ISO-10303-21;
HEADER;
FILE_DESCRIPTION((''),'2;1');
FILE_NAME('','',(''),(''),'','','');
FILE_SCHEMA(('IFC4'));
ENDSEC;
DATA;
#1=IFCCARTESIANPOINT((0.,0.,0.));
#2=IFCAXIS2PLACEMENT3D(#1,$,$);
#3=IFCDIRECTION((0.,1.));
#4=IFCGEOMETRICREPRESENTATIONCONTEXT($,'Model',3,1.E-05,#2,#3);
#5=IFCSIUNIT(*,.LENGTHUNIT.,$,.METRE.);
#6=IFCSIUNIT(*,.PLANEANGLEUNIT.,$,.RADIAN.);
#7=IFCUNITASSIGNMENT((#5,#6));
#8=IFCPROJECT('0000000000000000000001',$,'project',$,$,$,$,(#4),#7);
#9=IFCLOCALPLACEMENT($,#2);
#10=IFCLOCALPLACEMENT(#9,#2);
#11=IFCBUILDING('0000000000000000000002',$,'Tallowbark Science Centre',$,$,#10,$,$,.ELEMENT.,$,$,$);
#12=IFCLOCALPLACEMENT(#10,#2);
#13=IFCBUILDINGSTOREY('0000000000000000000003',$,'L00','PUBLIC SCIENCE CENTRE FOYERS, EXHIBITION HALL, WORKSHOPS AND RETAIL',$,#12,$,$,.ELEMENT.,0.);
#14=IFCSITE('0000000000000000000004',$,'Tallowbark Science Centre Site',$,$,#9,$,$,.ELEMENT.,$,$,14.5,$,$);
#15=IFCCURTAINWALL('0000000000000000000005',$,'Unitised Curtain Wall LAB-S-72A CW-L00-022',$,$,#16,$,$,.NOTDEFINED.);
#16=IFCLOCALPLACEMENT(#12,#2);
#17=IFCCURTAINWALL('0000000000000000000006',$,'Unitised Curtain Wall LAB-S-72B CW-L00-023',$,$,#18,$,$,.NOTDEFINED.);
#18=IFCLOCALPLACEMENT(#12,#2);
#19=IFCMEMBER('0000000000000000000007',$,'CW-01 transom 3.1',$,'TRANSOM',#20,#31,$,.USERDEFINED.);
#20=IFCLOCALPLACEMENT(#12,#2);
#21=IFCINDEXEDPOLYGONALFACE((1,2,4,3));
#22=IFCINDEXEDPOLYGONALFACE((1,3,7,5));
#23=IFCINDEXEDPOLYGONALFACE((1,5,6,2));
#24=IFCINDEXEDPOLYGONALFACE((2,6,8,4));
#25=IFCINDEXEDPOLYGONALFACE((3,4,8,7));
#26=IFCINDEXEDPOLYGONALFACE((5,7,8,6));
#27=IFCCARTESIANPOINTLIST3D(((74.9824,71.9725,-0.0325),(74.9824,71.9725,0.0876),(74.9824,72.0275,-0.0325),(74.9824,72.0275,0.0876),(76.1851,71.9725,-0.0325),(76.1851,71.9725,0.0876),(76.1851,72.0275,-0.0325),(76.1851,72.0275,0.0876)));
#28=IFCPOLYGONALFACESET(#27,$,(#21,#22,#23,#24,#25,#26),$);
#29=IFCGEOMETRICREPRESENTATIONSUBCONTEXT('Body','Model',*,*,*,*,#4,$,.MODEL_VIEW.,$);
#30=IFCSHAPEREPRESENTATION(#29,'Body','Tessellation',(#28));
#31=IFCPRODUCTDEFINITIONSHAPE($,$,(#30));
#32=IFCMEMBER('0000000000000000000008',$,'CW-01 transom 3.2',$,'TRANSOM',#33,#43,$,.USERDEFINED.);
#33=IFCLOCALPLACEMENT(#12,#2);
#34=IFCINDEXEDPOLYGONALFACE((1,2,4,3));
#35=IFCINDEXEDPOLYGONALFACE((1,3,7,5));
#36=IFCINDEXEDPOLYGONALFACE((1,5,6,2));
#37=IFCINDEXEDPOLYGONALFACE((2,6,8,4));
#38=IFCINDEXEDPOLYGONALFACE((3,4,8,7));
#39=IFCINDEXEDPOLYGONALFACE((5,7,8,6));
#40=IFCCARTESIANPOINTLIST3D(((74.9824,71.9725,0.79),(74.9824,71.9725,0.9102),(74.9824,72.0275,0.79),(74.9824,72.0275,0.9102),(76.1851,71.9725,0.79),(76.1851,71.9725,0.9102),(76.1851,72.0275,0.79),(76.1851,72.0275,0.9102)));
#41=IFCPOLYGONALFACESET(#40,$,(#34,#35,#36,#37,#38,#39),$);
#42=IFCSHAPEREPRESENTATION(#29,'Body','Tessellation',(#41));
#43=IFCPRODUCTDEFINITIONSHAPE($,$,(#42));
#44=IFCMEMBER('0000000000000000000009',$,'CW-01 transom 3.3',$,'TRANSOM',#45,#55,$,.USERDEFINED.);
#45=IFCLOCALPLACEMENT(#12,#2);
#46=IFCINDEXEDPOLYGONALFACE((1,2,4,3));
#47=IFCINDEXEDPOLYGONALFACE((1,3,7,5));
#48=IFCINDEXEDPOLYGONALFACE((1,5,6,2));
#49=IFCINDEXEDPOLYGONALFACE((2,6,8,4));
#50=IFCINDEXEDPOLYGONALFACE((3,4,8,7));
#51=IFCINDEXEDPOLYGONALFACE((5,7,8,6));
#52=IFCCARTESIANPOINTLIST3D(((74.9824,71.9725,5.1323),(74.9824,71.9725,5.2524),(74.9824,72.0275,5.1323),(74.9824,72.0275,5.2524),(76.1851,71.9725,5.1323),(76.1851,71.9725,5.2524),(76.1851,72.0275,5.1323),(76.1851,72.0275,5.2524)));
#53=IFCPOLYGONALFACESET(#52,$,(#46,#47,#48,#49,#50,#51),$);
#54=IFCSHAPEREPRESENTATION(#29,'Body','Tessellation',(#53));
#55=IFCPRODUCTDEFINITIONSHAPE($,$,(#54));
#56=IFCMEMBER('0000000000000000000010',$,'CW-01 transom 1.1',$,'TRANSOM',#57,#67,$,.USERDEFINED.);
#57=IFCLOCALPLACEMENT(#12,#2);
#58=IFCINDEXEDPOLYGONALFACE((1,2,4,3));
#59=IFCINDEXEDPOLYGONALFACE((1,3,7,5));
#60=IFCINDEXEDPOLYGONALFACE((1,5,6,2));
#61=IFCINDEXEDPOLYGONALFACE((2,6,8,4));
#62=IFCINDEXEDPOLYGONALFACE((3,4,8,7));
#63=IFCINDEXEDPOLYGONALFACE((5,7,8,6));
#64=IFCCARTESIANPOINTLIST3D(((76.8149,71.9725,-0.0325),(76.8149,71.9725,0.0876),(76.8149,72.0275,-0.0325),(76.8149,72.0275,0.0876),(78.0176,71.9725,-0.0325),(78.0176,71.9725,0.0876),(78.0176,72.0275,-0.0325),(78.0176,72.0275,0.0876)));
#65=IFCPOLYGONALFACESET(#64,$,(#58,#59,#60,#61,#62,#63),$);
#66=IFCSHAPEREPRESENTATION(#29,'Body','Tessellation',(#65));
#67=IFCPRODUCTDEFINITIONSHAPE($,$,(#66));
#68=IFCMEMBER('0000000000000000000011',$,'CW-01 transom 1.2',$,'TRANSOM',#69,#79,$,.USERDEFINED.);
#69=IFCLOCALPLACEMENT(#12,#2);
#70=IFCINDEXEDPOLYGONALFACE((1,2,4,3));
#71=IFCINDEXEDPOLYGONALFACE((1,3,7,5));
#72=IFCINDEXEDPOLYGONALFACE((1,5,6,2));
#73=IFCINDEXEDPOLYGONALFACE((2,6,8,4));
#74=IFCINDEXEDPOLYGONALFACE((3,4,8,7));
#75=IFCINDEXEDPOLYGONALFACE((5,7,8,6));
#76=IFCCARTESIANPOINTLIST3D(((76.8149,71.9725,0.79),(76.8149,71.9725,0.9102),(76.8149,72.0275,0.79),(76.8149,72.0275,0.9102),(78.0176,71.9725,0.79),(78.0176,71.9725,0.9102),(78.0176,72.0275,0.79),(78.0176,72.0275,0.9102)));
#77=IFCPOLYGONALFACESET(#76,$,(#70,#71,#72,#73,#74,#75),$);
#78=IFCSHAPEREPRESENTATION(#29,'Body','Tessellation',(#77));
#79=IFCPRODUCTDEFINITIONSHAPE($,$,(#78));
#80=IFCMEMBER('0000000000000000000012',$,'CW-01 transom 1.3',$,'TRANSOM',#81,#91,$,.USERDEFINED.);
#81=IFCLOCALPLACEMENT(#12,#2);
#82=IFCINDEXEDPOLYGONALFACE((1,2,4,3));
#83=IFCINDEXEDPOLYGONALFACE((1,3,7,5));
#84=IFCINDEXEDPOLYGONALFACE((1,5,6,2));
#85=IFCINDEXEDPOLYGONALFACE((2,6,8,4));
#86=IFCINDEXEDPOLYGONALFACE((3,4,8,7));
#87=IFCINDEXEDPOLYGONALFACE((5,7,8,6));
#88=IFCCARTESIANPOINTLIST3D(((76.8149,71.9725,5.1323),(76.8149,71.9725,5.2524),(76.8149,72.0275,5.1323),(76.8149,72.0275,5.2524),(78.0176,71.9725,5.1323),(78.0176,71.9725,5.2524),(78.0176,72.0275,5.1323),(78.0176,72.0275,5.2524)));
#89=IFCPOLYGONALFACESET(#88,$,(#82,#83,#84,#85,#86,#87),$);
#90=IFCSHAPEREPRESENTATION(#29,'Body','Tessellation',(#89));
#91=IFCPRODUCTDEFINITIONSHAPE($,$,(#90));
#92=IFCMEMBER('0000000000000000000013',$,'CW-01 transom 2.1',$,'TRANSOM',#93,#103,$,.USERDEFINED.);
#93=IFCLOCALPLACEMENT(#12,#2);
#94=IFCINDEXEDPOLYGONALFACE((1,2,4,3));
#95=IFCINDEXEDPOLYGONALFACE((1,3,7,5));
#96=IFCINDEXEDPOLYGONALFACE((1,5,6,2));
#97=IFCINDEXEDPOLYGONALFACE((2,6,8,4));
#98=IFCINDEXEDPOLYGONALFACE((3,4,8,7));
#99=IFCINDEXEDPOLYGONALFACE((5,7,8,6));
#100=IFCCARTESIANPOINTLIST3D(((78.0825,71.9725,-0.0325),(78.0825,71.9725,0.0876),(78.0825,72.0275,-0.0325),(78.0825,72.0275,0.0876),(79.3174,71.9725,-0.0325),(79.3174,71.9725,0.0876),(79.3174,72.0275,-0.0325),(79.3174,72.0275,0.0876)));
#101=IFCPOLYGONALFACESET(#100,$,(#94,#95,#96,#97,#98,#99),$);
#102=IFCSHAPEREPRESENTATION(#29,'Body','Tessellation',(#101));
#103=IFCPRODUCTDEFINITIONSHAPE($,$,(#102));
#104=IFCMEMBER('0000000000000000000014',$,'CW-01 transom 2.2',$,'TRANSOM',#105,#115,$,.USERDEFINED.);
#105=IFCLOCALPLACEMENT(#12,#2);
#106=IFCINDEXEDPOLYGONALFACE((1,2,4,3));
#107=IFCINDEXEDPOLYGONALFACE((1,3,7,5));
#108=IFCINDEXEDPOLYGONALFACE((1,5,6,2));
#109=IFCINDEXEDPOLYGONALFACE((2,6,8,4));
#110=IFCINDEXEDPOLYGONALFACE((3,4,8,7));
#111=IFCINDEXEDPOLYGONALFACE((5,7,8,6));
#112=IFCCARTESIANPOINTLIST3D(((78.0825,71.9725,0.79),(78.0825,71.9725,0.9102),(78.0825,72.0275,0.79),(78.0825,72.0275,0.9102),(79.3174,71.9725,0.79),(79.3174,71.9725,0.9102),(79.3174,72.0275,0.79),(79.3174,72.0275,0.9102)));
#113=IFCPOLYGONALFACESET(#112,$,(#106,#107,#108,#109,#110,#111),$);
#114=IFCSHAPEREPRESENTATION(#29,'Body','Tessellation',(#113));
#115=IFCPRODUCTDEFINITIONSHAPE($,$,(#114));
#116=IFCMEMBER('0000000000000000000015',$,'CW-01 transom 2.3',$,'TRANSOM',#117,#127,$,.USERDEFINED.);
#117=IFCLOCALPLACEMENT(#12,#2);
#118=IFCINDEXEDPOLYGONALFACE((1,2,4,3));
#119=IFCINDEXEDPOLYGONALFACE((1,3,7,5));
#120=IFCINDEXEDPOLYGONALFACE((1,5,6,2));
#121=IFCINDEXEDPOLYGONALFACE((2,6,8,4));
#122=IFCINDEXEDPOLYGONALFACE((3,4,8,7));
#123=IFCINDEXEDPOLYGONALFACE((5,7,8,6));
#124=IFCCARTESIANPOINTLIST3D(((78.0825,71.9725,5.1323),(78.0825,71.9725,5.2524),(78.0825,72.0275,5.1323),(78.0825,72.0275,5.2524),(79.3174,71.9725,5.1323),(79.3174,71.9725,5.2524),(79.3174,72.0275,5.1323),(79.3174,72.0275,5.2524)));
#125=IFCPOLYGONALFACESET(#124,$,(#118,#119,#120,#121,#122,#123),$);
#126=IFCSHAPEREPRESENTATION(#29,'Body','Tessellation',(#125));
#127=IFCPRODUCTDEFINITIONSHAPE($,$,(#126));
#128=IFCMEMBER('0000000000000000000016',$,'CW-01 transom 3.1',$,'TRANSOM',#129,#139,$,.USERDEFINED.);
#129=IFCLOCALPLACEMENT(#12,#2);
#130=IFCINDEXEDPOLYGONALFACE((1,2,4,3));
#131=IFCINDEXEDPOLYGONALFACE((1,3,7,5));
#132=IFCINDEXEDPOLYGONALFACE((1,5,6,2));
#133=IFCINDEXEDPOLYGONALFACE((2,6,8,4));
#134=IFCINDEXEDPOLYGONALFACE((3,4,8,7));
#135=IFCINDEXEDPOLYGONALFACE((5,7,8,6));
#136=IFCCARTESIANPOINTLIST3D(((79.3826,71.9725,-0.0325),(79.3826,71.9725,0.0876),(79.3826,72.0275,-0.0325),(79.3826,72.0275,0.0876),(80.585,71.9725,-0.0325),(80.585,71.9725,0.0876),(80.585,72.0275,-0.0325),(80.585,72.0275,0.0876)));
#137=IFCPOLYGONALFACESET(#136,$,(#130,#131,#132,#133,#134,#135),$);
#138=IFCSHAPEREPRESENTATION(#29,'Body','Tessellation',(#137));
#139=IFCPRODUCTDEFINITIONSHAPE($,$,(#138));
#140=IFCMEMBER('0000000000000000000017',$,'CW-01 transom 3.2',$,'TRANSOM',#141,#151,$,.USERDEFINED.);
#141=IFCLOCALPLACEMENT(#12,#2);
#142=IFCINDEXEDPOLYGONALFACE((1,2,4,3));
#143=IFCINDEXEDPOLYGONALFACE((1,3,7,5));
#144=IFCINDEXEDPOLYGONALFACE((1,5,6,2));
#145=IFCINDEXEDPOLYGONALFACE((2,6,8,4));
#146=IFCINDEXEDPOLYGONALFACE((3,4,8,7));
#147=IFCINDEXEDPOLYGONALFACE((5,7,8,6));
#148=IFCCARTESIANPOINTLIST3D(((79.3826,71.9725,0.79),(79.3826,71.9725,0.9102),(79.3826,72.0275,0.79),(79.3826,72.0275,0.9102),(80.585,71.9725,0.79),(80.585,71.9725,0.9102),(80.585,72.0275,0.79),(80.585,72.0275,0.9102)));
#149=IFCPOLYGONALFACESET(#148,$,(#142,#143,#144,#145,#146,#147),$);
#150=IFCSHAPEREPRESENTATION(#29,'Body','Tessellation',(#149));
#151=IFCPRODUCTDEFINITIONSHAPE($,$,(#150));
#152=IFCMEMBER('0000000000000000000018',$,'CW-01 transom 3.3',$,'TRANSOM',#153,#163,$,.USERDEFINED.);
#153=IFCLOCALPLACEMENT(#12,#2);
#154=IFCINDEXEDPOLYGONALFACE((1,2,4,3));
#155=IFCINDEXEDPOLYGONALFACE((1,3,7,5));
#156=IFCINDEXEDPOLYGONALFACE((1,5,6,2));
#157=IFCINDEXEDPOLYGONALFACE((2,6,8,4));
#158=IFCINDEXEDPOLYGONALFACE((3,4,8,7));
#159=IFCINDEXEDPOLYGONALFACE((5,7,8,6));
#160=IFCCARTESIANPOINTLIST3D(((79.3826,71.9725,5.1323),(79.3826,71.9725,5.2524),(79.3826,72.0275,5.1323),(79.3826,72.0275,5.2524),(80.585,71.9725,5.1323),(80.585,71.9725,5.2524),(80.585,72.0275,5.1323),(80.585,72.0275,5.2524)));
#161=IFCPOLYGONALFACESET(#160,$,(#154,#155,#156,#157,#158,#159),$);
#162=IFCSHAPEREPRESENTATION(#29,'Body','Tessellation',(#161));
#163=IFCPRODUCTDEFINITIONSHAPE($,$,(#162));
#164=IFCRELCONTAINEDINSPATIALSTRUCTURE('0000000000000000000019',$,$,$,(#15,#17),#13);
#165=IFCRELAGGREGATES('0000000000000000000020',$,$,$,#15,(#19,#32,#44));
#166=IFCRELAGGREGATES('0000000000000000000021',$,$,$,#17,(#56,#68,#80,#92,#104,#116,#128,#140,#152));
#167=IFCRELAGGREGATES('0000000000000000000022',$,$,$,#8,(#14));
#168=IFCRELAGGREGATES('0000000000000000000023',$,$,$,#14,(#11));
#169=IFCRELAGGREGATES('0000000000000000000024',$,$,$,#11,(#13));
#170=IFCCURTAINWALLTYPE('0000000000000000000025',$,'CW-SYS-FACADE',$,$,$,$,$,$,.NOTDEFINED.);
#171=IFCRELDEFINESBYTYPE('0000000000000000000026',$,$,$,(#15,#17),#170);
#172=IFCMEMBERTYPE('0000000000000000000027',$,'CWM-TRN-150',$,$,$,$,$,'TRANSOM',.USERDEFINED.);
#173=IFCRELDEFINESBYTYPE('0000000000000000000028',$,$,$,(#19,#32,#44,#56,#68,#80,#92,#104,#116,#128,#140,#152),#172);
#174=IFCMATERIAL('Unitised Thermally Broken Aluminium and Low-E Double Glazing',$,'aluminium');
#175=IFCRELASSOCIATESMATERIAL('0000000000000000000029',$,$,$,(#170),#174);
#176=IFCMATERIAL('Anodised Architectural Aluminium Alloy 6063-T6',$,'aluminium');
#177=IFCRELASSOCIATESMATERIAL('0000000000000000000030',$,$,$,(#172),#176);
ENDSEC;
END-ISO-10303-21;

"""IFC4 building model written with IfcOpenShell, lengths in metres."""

from ifc_helpers import new_model, si_unit, direction, frame, origin, origin_2d, place, context, subcontext, project, spatial, rectangle, extrude, material, material_profile, profile_set, type_object, element, aggregate, save


model = new_model("IFC4")

# Units and contexts
model_context = context("Model", 3, precision=1e-05, world=origin(), true_north=direction((0.0, 1.0)))
body_context = subcontext(model_context, "Body", "Model", "MODEL_VIEW")
ifc_project = project(units=[si_unit("LENGTHUNIT", "METRE"), si_unit("PLANEANGLEUNIT", "RADIAN")], contexts=[model_context])

# Site, building, storey
site_placement = place(None, origin())
site = spatial("IfcSite", under=ifc_project, at=site_placement, Name="Tallowbark Science Centre Site", CompositionType="ELEMENT", RefElevation=14.5)
building_placement = place(site_placement, origin())
building = spatial("IfcBuilding", under=site, at=building_placement, Name="Tallowbark Science Centre", CompositionType="ELEMENT")
storey_placement = place(building_placement, origin())
storey = spatial("IfcBuildingStorey", under=building, at=storey_placement, Name="L00", Description="PUBLIC SCIENCE CENTRE FOYERS, EXHIBITION HALL, WORKSHOPS AND RETAIL", CompositionType="ELEMENT", Elevation=0.0)

# Curtain walls
ifc_material_1 = material(Name="Unitised Thermally Broken Aluminium and Low-E Double Glazing", Category="aluminium")
curtain_wall_type = type_object("IfcCurtainWallType", Name="CW-SYS-FACADE", PredefinedType="NOTDEFINED", material=ifc_material_1)
curtain_wall_1_placement = place(storey_placement, origin())
curtain_wall_1 = element("IfcCurtainWall", 1, at=curtain_wall_1_placement, inside=storey, type_object=curtain_wall_type, Name="Unitised Curtain Wall LAB-S-72A CW-L00-022", PredefinedType="NOTDEFINED")
ifc_material_2 = material(Name="Anodised Architectural Aluminium Alloy 6063-T6", Category="aluminium")
curtain_wall_2_placement = place(storey_placement, origin())
curtain_wall_2 = element("IfcCurtainWall", 2, at=curtain_wall_2_placement, inside=storey, type_object=curtain_wall_type, Name="Unitised Curtain Wall LAB-S-72B CW-L00-023", PredefinedType="NOTDEFINED")

# Members
ifc_material_profile_1 = material_profile(ifc_material_2, rectangle(XDim=0.0549, YDim=0.1201, at=origin_2d()), Name="ALU55x120")
ifc_profile_set_1 = profile_set([ifc_material_profile_1], Name="Anodised Architectural Aluminium Alloy 6063-T6")
member_type_1 = type_object("IfcMemberType", Name="CWM-TRN-150", ElementType="TRANSOM", PredefinedType="USERDEFINED", material=ifc_profile_set_1)
member_1_placement = place(storey_placement, frame((74.9824, 72.0, 0.0276), z_axis=(1.0, 0.0, 0.0), x_axis=(0.0, 1.0, 0.0)))
member_1 = element("IfcMember", 3, at=member_1_placement, type_object=member_type_1, Name="CW-01 transom 3.1", ObjectType="TRANSOM", PredefinedType="USERDEFINED", context=body_context, shape_type="SweptSolid", body=[
    extrude(rectangle(XDim=0.0549, YDim=0.1201, at=origin_2d()), origin(), (0.0, 0.0, 1.0), 1.2026),
])
member_2_placement = place(storey_placement, frame((74.9824, 72.0, 0.8501), z_axis=(1.0, 0.0, 0.0), x_axis=(0.0, 1.0, 0.0)))
member_2 = element("IfcMember", 4, at=member_2_placement, type_object=member_type_1, Name="CW-01 transom 3.2", ObjectType="TRANSOM", PredefinedType="USERDEFINED", context=body_context, shape_type="SweptSolid", body=[
    extrude(rectangle(XDim=0.0549, YDim=0.1201, at=origin_2d()), origin(), (0.0, 0.0, 1.0), 1.2026),
])
member_3_placement = place(storey_placement, frame((74.9824, 72.0, 5.1924), z_axis=(1.0, 0.0, 0.0), x_axis=(0.0, 1.0, 0.0)))
member_3 = element("IfcMember", 5, at=member_3_placement, type_object=member_type_1, Name="CW-01 transom 3.3", ObjectType="TRANSOM", PredefinedType="USERDEFINED", context=body_context, shape_type="SweptSolid", body=[
    extrude(rectangle(XDim=0.0549, YDim=0.1201, at=origin_2d()), origin(), (0.0, 0.0, 1.0), 1.2026),
])
member_4_placement = place(storey_placement, frame((76.8149, 72.0, 0.0276), z_axis=(1.0, 0.0, 0.0), x_axis=(0.0, 1.0, 0.0)))
member_4 = element("IfcMember", 6, at=member_4_placement, type_object=member_type_1, Name="CW-01 transom 1.1", ObjectType="TRANSOM", PredefinedType="USERDEFINED", context=body_context, shape_type="SweptSolid", body=[
    extrude(rectangle(XDim=0.0549, YDim=0.1201, at=origin_2d()), origin(), (0.0, 0.0, 1.0), 1.2026),
])
member_5_placement = place(storey_placement, frame((76.8149, 72.0, 0.8501), z_axis=(1.0, 0.0, 0.0), x_axis=(0.0, 1.0, 0.0)))
member_5 = element("IfcMember", 7, at=member_5_placement, type_object=member_type_1, Name="CW-01 transom 1.2", ObjectType="TRANSOM", PredefinedType="USERDEFINED", context=body_context, shape_type="SweptSolid", body=[
    extrude(rectangle(XDim=0.0549, YDim=0.1201, at=origin_2d()), origin(), (0.0, 0.0, 1.0), 1.2026),
])
member_6_placement = place(storey_placement, frame((76.8149, 72.0, 5.1924), z_axis=(1.0, 0.0, 0.0), x_axis=(0.0, 1.0, 0.0)))
member_6 = element("IfcMember", 8, at=member_6_placement, type_object=member_type_1, Name="CW-01 transom 1.3", ObjectType="TRANSOM", PredefinedType="USERDEFINED", context=body_context, shape_type="SweptSolid", body=[
    extrude(rectangle(XDim=0.0549, YDim=0.1201, at=origin_2d()), origin(), (0.0, 0.0, 1.0), 1.2026),
])
member_7_placement = place(storey_placement, frame((78.0825, 72.0, 0.0276), z_axis=(1.0, 0.0, 0.0), x_axis=(0.0, 1.0, 0.0)))
member_7 = element("IfcMember", 9, at=member_7_placement, type_object=member_type_1, Name="CW-01 transom 2.1", ObjectType="TRANSOM", PredefinedType="USERDEFINED", context=body_context, shape_type="SweptSolid", body=[
    extrude(rectangle(XDim=0.0549, YDim=0.1201, at=origin_2d()), origin(), (0.0, 0.0, 1.0), 1.2349),
])
member_8_placement = place(storey_placement, frame((78.0825, 72.0, 0.8501), z_axis=(1.0, 0.0, 0.0), x_axis=(0.0, 1.0, 0.0)))
member_8 = element("IfcMember", 10, at=member_8_placement, type_object=member_type_1, Name="CW-01 transom 2.2", ObjectType="TRANSOM", PredefinedType="USERDEFINED", context=body_context, shape_type="SweptSolid", body=[
    extrude(rectangle(XDim=0.0549, YDim=0.1201, at=origin_2d()), origin(), (0.0, 0.0, 1.0), 1.2349),
])
member_9_placement = place(storey_placement, frame((78.0825, 72.0, 5.1924), z_axis=(1.0, 0.0, 0.0), x_axis=(0.0, 1.0, 0.0)))
member_9 = element("IfcMember", 11, at=member_9_placement, type_object=member_type_1, Name="CW-01 transom 2.3", ObjectType="TRANSOM", PredefinedType="USERDEFINED", context=body_context, shape_type="SweptSolid", body=[
    extrude(rectangle(XDim=0.0549, YDim=0.1201, at=origin_2d()), origin(), (0.0, 0.0, 1.0), 1.2349),
])
member_10_placement = place(storey_placement, frame((79.3826, 72.0, 0.0276), z_axis=(1.0, 0.0, 0.0), x_axis=(0.0, 1.0, 0.0)))
member_10 = element("IfcMember", 12, at=member_10_placement, type_object=member_type_1, Name="CW-01 transom 3.1", ObjectType="TRANSOM", PredefinedType="USERDEFINED", context=body_context, shape_type="SweptSolid", body=[
    extrude(rectangle(XDim=0.0549, YDim=0.1201, at=origin_2d()), origin(), (0.0, 0.0, 1.0), 1.2024),
])
member_11_placement = place(storey_placement, frame((79.3826, 72.0, 0.8501), z_axis=(1.0, 0.0, 0.0), x_axis=(0.0, 1.0, 0.0)))
member_11 = element("IfcMember", 13, at=member_11_placement, type_object=member_type_1, Name="CW-01 transom 3.2", ObjectType="TRANSOM", PredefinedType="USERDEFINED", context=body_context, shape_type="SweptSolid", body=[
    extrude(rectangle(XDim=0.0549, YDim=0.1201, at=origin_2d()), origin(), (0.0, 0.0, 1.0), 1.2024),
])
member_12_placement = place(storey_placement, frame((79.3826, 72.0, 5.1924), z_axis=(1.0, 0.0, 0.0), x_axis=(0.0, 1.0, 0.0)))
member_12 = element("IfcMember", 14, at=member_12_placement, type_object=member_type_1, Name="CW-01 transom 3.3", ObjectType="TRANSOM", PredefinedType="USERDEFINED", context=body_context, shape_type="SweptSolid", body=[
    extrude(rectangle(XDim=0.0549, YDim=0.1201, at=origin_2d()), origin(), (0.0, 0.0, 1.0), 1.2024),
])

aggregate(curtain_wall_1, [member_1, member_2, member_3])
aggregate(curtain_wall_2, [member_4, member_5, member_6, member_7, member_8, member_9, member_10, member_11, member_12])

save(model, "model.ifc")
